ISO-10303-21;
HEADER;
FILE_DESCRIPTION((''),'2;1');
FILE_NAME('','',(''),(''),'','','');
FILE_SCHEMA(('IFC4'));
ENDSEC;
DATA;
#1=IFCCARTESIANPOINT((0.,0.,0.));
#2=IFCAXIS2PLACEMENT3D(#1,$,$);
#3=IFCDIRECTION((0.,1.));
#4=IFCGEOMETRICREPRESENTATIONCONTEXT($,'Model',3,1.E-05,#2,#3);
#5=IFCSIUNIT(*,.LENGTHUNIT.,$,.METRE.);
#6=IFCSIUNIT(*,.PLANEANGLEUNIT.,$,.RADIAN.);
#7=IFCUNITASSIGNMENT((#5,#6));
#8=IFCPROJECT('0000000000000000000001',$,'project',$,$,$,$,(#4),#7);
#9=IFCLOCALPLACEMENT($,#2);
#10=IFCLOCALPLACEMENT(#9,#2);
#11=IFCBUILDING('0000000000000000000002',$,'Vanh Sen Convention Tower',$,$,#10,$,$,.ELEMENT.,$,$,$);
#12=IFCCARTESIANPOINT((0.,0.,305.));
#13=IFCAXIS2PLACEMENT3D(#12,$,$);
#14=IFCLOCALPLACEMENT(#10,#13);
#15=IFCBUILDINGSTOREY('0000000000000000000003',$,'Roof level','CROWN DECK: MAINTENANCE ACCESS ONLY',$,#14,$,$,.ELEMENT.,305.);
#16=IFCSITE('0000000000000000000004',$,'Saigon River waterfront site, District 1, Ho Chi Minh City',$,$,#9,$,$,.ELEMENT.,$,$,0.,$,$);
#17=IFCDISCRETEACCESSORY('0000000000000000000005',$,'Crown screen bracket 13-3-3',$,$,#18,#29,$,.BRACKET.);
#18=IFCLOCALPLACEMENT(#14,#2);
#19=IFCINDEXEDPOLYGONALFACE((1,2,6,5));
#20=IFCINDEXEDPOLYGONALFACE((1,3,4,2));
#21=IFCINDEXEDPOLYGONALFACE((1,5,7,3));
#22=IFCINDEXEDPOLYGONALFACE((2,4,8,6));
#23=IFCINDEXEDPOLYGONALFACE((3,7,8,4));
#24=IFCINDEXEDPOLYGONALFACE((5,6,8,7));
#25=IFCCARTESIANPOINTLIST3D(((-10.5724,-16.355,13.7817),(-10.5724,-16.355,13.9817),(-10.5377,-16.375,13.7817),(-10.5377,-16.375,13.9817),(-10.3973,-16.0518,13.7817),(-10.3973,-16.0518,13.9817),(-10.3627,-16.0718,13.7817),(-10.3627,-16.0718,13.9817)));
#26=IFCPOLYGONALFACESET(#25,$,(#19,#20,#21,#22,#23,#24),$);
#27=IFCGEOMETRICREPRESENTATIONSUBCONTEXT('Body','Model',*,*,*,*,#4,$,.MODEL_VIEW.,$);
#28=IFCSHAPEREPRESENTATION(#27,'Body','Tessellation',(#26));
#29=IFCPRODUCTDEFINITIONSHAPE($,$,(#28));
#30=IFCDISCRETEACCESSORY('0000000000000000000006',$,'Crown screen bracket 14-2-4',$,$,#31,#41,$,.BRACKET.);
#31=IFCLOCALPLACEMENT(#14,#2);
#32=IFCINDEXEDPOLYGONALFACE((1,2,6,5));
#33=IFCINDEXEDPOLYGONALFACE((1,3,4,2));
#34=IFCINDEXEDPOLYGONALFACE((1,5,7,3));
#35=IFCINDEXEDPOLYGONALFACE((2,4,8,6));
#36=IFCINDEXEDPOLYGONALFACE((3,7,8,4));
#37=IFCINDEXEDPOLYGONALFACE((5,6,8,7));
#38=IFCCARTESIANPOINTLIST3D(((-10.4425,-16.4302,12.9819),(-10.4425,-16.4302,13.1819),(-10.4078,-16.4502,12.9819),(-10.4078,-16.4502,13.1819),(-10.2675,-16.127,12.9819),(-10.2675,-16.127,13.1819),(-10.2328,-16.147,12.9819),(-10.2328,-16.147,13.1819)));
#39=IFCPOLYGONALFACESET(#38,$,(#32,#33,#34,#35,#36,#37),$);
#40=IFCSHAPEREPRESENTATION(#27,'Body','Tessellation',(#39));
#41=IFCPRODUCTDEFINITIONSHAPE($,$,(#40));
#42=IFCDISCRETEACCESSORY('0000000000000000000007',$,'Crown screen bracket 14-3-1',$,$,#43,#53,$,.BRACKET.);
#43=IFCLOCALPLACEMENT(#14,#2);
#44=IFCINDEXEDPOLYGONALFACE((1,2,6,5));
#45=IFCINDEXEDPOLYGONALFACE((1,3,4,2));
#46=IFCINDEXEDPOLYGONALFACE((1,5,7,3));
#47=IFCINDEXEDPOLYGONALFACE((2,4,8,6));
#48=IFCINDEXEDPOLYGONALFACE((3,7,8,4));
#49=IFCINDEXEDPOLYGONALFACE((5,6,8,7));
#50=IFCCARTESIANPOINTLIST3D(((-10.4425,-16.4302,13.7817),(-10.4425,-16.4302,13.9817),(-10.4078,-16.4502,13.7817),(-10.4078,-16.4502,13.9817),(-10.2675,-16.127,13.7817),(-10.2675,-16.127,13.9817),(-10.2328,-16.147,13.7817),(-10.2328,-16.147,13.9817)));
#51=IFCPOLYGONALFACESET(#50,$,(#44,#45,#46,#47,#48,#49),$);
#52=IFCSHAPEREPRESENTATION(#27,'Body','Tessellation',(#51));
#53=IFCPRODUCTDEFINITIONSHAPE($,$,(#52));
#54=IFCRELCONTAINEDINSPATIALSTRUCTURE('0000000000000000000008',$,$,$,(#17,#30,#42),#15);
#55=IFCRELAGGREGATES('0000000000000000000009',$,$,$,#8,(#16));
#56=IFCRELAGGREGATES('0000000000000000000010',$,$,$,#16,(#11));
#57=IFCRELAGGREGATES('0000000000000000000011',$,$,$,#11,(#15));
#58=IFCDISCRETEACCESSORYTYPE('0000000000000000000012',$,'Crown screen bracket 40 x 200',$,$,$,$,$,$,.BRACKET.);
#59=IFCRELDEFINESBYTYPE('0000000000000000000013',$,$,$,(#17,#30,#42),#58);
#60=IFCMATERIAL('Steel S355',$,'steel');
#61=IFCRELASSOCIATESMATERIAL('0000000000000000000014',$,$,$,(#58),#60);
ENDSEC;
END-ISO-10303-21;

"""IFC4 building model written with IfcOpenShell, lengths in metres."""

from ifc_helpers import new_model, si_unit, direction, frame, origin, origin_2d, place, context, subcontext, project, spatial, rectangle, extrude, material, type_object, element, save


model = new_model("IFC4")

# Units and contexts
model_context = context("Model", 3, precision=1e-05, world=origin(), true_north=direction((0.0, 1.0)))
body_context = subcontext(model_context, "Body", "Model", "MODEL_VIEW")
ifc_project = project(units=[si_unit("LENGTHUNIT", "METRE"), si_unit("PLANEANGLEUNIT", "RADIAN")], contexts=[model_context])

# Site, building, storey
site_placement = place(None, origin())
site = spatial("IfcSite", under=ifc_project, at=site_placement, Name="Saigon River waterfront site, District 1, Ho Chi Minh City", CompositionType="ELEMENT", RefElevation=0.0)
building_placement = place(site_placement, origin())
building = spatial("IfcBuilding", under=site, at=building_placement, Name="Vanh Sen Convention Tower", CompositionType="ELEMENT")
storey_placement = place(building_placement, frame((0.0, 0.0, 305.0)))
storey = spatial("IfcBuildingStorey", under=building, at=storey_placement, Name="Roof level", Description="CROWN DECK: MAINTENANCE ACCESS ONLY", CompositionType="ELEMENT", Elevation=305.0)

# Discrete accessories
ifc_material_1 = material(Name="Steel S355", Category="steel")
discrete_accessory_type_1 = type_object("IfcDiscreteAccessoryType", Name="Crown screen bracket 40 x 200", PredefinedType="BRACKET", material=ifc_material_1)
for number, where, z_axis, x_axis, name in (
    (1, (-10.4675, -16.2134, 13.7817), (0.0, 0.0, 1.0), (-0.500005, -0.866023, 0.0), "Crown screen bracket 13-3-3"),
    (2, (-10.3376, -16.2886, 12.9819), (0.0, 0.0, 1.0), (-0.499994, -0.866029, 0.0), "Crown screen bracket 14-2-4"),
    (3, (-10.3376, -16.2886, 13.7817), (0.0, 0.0, 1.0), (-0.499994, -0.866029, 0.0), "Crown screen bracket 14-3-1"),
):
    element("IfcDiscreteAccessory", number, at=place(storey_placement, frame(where, z_axis=z_axis, x_axis=x_axis)), inside=storey, type_object=discrete_accessory_type_1, Name=name, PredefinedType="BRACKET", context=body_context, shape_type="SweptSolid", body=[
        extrude(rectangle(XDim=0.3501, YDim=0.04, at=origin_2d()), origin(), (0.0, 0.0, 1.0), 0.2),
    ])

save(model, "model.ifc")
